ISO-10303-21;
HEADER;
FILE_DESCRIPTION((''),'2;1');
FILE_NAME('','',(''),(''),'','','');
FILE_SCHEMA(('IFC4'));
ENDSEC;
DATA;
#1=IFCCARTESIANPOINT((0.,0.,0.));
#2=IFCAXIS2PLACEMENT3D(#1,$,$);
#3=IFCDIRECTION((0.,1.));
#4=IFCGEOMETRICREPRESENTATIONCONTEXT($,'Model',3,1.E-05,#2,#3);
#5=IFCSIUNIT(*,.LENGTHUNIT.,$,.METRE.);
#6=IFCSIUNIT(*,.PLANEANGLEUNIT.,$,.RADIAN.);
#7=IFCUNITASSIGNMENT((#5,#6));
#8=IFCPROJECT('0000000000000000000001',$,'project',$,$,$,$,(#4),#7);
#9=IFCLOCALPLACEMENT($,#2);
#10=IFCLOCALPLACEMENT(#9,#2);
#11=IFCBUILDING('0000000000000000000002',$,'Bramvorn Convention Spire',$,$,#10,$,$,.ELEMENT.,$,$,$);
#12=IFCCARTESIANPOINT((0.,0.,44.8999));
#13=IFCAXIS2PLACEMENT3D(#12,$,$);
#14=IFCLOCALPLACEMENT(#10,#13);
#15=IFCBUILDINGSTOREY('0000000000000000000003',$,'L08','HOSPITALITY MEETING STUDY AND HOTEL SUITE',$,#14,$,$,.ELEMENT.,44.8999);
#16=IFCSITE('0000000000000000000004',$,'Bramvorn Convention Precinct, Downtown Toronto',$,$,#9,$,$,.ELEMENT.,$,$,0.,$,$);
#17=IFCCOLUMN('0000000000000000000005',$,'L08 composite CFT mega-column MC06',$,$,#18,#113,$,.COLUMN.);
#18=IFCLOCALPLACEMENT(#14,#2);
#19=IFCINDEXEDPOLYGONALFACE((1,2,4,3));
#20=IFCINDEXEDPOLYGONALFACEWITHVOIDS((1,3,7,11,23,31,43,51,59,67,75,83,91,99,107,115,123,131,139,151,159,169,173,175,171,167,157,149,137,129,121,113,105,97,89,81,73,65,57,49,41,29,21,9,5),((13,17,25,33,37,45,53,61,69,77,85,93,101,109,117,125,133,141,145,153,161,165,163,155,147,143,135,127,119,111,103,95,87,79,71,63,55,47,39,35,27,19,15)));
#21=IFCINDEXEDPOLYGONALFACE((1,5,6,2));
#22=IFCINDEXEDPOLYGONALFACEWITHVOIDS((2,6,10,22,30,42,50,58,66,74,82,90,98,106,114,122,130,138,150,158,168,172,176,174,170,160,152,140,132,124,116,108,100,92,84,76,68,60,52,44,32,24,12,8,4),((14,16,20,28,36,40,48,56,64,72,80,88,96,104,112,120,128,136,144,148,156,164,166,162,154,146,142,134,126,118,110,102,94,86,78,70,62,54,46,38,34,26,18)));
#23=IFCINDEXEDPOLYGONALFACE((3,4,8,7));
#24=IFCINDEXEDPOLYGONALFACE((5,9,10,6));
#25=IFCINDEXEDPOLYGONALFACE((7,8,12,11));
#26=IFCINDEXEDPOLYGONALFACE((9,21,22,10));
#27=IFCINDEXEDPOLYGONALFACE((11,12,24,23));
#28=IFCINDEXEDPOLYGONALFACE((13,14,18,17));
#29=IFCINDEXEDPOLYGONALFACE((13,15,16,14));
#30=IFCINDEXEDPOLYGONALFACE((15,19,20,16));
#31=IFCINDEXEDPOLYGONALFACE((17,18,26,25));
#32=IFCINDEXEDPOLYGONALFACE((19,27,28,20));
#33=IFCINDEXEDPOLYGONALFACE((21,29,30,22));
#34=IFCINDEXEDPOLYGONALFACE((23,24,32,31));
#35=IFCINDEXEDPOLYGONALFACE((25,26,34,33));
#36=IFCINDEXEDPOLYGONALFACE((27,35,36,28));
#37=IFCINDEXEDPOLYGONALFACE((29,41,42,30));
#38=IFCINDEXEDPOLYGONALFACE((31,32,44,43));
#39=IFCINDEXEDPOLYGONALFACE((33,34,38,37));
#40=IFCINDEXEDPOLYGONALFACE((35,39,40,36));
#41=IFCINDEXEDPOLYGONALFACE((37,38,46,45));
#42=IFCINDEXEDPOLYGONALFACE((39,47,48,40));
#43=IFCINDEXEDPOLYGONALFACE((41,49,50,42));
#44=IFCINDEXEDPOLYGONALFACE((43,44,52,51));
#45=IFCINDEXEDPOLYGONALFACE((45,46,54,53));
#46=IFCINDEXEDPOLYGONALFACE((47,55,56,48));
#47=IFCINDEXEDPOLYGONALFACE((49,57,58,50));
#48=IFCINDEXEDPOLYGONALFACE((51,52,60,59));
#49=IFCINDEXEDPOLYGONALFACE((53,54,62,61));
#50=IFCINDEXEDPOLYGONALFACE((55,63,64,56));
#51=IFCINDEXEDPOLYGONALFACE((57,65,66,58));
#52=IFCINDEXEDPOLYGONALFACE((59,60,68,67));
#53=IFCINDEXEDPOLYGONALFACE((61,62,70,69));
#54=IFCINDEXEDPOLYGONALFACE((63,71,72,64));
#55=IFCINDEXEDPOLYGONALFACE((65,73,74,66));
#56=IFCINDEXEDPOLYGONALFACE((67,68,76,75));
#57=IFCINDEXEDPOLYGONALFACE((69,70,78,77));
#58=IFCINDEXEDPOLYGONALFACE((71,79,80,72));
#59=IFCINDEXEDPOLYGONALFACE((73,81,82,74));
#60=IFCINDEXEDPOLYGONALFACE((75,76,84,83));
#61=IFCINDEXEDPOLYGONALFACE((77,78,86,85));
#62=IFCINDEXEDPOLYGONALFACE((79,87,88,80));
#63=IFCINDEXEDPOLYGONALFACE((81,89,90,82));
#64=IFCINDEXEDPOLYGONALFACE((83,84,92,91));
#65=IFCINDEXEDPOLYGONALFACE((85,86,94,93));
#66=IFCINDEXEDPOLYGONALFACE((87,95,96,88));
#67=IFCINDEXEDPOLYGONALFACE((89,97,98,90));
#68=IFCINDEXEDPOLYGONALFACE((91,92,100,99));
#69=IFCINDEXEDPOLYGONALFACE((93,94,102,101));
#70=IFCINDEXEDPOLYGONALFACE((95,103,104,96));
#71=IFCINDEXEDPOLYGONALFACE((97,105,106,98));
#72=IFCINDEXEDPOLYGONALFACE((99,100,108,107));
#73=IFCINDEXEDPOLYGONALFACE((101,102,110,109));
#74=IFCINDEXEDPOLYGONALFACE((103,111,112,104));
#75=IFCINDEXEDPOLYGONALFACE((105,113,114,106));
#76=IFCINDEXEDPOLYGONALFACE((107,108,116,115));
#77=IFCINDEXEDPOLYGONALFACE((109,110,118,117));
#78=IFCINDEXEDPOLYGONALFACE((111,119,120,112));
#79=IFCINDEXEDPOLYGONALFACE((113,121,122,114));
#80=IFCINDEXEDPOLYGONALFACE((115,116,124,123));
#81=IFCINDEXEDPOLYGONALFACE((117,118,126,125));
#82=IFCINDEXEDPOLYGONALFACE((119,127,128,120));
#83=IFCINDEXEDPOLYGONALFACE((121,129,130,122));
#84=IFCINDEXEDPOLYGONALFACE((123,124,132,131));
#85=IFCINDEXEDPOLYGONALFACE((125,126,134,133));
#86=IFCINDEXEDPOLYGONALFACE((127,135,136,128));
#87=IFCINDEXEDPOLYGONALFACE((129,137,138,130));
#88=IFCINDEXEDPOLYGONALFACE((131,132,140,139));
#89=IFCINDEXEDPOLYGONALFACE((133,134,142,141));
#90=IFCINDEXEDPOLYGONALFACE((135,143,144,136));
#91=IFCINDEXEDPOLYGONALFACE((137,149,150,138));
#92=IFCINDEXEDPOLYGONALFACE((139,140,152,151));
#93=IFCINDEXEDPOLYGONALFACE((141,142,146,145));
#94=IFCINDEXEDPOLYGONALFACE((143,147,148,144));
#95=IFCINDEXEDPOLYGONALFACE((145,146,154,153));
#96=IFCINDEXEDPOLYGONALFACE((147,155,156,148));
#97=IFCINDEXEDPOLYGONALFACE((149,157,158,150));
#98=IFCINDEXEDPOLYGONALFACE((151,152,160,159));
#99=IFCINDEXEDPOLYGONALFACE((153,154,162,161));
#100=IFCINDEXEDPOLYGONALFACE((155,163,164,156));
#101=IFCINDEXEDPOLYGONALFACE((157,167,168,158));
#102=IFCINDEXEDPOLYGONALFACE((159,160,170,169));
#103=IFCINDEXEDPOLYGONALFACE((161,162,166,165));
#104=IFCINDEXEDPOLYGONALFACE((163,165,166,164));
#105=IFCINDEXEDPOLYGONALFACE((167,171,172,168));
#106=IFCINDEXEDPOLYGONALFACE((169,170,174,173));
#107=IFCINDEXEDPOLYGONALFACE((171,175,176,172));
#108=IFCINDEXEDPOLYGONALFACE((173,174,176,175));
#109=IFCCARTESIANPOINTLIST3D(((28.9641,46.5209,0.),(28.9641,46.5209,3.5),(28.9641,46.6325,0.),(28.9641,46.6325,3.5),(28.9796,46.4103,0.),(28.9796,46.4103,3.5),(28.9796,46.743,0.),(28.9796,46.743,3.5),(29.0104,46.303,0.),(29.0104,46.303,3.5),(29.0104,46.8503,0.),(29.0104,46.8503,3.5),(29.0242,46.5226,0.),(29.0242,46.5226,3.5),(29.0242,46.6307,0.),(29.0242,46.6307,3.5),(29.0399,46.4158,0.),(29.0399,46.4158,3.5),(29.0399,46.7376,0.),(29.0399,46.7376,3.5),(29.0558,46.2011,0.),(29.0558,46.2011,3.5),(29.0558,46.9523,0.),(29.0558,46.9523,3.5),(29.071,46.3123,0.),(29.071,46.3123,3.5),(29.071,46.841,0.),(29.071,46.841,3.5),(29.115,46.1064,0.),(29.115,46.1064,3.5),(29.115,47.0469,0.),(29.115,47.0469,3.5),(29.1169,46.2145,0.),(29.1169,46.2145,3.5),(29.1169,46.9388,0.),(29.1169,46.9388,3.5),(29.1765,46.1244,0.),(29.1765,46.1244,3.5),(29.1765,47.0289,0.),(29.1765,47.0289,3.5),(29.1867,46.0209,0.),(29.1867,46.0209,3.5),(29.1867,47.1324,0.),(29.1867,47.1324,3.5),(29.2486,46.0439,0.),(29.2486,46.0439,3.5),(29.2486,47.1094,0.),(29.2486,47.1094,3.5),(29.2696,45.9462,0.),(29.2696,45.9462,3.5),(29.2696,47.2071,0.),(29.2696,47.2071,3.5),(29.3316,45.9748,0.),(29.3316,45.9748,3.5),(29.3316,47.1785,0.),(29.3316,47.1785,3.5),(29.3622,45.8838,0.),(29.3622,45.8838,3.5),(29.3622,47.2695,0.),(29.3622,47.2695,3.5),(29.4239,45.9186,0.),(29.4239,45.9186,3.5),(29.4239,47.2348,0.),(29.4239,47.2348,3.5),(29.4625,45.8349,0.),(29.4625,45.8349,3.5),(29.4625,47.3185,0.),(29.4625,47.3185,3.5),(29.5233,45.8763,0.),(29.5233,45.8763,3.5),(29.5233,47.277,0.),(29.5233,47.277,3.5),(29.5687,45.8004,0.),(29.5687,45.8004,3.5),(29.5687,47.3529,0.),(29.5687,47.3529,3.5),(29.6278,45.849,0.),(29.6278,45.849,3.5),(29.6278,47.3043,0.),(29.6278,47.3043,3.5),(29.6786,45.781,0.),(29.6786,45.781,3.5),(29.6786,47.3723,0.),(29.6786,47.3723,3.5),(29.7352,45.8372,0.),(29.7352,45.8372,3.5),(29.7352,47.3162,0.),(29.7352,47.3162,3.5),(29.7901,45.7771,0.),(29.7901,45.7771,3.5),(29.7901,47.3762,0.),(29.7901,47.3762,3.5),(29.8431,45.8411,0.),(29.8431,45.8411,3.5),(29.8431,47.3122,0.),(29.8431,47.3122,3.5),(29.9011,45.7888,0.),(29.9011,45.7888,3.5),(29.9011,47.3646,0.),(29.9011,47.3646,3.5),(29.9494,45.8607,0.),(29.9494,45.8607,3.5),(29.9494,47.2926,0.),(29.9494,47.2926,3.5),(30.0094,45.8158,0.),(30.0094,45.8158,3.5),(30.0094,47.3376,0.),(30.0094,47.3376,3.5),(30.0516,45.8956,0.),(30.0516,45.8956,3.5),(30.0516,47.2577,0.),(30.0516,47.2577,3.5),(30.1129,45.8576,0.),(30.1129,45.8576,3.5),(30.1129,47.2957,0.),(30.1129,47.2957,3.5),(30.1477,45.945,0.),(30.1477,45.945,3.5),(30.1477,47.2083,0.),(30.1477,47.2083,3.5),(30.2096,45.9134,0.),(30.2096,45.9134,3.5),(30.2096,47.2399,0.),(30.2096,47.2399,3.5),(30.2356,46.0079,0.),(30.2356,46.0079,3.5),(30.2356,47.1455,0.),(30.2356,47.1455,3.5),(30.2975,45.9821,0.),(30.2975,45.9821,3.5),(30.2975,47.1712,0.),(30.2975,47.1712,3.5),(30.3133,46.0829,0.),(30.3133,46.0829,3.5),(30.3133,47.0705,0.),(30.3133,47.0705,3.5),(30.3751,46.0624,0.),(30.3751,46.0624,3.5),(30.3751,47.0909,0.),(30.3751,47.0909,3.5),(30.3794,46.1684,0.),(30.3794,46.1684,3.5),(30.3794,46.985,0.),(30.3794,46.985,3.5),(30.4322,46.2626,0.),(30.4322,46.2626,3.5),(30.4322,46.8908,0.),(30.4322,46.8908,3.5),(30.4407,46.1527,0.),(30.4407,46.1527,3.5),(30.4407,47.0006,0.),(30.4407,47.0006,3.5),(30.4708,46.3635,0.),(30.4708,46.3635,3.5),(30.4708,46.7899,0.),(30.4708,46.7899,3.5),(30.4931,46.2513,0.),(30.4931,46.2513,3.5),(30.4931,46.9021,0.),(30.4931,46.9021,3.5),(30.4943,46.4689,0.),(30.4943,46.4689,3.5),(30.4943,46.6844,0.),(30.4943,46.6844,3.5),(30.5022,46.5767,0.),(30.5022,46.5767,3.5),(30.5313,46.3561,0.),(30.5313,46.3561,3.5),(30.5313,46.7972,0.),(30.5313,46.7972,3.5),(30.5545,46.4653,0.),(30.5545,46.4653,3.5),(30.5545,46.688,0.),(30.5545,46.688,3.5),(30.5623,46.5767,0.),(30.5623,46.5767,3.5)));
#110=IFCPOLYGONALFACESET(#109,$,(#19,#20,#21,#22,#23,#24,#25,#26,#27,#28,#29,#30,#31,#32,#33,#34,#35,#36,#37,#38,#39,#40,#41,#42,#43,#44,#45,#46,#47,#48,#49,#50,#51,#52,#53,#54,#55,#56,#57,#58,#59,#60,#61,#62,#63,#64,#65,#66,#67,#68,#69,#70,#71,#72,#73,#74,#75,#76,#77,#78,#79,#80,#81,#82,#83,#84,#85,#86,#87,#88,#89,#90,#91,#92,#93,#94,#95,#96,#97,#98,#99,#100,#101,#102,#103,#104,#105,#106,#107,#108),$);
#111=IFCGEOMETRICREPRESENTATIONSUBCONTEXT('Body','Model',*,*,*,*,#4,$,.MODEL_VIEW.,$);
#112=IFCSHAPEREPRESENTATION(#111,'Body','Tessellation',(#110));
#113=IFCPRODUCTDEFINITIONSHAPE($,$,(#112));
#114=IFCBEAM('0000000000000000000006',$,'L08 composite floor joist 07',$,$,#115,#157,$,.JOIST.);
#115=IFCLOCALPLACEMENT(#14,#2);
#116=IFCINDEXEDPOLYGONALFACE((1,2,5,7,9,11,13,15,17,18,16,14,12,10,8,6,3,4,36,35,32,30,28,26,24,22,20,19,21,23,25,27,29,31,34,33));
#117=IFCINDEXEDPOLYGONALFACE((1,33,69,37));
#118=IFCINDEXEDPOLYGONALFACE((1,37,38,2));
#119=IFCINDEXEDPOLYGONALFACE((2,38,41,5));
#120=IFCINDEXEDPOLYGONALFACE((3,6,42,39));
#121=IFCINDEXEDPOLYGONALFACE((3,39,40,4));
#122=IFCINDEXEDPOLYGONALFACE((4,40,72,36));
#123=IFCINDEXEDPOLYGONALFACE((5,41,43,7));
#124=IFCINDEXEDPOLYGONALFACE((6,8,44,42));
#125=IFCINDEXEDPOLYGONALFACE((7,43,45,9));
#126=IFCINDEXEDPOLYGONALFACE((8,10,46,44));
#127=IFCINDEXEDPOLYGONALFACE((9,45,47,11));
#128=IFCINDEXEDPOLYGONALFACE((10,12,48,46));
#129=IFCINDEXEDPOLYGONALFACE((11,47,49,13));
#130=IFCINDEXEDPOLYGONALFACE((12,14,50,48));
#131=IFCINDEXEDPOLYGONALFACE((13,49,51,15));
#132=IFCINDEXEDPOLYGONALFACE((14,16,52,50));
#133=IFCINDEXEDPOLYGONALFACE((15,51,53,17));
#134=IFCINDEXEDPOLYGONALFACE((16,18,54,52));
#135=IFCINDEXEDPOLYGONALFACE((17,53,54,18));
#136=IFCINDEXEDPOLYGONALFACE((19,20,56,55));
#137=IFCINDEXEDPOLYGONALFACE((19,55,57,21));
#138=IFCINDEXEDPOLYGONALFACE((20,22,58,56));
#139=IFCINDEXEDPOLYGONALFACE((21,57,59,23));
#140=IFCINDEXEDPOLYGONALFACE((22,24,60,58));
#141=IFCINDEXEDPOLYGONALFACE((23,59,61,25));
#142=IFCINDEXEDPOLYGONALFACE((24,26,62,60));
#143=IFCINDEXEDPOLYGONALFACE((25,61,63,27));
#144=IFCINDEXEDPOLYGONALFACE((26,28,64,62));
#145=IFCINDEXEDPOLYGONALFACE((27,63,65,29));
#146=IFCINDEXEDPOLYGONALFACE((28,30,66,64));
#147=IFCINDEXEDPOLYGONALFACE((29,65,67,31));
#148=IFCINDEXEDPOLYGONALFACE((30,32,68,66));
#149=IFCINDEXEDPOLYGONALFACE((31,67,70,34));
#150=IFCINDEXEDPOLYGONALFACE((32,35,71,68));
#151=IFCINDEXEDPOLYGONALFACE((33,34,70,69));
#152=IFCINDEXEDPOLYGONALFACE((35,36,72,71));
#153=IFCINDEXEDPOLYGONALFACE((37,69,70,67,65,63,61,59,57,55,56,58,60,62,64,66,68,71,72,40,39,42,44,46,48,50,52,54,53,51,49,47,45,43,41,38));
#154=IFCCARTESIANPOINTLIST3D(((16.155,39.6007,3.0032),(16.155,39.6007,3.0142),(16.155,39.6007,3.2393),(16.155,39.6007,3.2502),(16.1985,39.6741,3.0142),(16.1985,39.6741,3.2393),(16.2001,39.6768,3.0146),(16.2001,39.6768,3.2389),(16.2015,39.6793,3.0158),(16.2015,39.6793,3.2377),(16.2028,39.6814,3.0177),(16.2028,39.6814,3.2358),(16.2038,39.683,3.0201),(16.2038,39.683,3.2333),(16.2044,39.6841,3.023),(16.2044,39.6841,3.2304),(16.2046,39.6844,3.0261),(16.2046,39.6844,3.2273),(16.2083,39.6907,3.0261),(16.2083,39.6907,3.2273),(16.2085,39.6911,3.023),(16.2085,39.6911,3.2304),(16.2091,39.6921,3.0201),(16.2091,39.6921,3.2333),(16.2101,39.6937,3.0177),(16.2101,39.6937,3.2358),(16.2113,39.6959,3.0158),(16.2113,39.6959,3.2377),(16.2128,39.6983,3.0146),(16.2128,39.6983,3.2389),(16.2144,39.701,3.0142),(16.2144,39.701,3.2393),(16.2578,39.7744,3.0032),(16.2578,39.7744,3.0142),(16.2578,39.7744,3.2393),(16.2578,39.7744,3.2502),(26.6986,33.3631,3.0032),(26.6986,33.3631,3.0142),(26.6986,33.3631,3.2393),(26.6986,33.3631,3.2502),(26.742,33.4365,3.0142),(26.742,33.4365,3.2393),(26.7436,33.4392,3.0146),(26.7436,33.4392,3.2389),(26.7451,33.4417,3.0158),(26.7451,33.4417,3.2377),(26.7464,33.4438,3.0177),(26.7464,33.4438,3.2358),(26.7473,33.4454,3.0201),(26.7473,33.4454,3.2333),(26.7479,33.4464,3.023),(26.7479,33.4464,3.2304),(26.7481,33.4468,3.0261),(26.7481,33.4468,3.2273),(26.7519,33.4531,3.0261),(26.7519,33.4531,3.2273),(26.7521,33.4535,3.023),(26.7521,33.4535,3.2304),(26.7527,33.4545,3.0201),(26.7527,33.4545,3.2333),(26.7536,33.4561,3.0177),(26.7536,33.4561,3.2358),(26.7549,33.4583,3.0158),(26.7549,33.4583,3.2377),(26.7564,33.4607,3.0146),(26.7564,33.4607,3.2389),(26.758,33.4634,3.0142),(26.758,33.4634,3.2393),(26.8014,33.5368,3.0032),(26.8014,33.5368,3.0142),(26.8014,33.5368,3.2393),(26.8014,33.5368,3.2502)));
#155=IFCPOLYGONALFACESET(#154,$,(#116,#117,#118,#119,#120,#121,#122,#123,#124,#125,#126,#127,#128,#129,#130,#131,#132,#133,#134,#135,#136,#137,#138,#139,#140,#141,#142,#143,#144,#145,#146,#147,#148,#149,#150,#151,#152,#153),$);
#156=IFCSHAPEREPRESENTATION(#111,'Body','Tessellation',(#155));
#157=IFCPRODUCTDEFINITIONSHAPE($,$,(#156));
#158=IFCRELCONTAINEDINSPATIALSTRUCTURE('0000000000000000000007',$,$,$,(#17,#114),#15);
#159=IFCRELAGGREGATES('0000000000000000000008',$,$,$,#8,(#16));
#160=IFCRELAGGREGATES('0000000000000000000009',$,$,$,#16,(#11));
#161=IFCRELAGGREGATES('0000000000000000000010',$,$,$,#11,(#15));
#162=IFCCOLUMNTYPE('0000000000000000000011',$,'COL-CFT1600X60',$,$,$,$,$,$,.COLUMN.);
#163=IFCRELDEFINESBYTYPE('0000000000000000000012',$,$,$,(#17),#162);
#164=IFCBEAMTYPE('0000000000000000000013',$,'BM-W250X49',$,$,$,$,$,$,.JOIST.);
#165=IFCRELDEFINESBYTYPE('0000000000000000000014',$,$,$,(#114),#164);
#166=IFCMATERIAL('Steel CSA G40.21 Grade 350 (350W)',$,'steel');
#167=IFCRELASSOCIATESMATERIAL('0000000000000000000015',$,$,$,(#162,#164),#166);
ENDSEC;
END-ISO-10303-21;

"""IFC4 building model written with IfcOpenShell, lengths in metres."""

from ifc_helpers import new_model, si_unit, direction, frame, origin, origin_2d, place, context, subcontext, project, spatial, hollow_circle, i_section, extrude, material, material_profile, profile_set, type_object, element, save


model = new_model("IFC4")

# Units and contexts
model_context = context("Model", 3, precision=1e-05, world=origin(), true_north=direction((0.0, 1.0)))
body_context = subcontext(model_context, "Body", "Model", "MODEL_VIEW")
ifc_project = project(units=[si_unit("LENGTHUNIT", "METRE"), si_unit("PLANEANGLEUNIT", "RADIAN")], contexts=[model_context])

# Site, building, storey
site_placement = place(None, origin())
site = spatial("IfcSite", under=ifc_project, at=site_placement, Name="Bramvorn Convention Precinct, Downtown Toronto", CompositionType="ELEMENT", RefElevation=0.0)
building_placement = place(site_placement, origin())
building = spatial("IfcBuilding", under=site, at=building_placement, Name="Bramvorn Convention Spire", CompositionType="ELEMENT")
storey_placement = place(building_placement, frame((0.0, 0.0, 44.8999)))
storey = spatial("IfcBuildingStorey", under=building, at=storey_placement, Name="L08", Description="HOSPITALITY MEETING STUDY AND HOTEL SUITE", CompositionType="ELEMENT", Elevation=44.8999)

# Column
ifc_material_1 = material(Name="Steel CSA G40.21 Grade 350 (350W)", Category="steel")
ifc_material_profile_1 = material_profile(ifc_material_1, hollow_circle(Radius=0.8, WallThickness=0.0601, at=origin_2d()))
ifc_profile_set_1 = profile_set([ifc_material_profile_1], Name="Steel CSA G40.21 Grade 350 (350W) - CFT1600X60")
column_type = type_object("IfcColumnType", Name="COL-CFT1600X60", PredefinedType="COLUMN", material=ifc_profile_set_1)
column_placement = place(storey_placement, frame((29.7622, 46.5767, 0.0), z_axis=(0.0, 0.0, 1.0), x_axis=(1.0, 0.0, 0.0)))
element("IfcColumn", 1, at=column_placement, inside=storey, type_object=column_type, Name="L08 composite CFT mega-column MC06", PredefinedType="COLUMN", context=body_context, shape_type="SweptSolid", body=[
    extrude(hollow_circle(Radius=0.8, WallThickness=0.0601, at=origin_2d()), origin(), (0.0, 0.0, 1.0), 3.5),
])

# Beam
ifc_material_profile_2 = material_profile(ifc_material_1, i_section(OverallWidth=0.2019, OverallDepth=0.2471, WebThickness=0.0073, FlangeThickness=0.011, FilletRadius=0.012, at=origin_2d()))
ifc_profile_set_2 = profile_set([ifc_material_profile_2], Name="Steel CSA G40.21 Grade 350 (350W) - W250X49")
beam_type_1 = type_object("IfcBeamType", Name="BM-W250X49", PredefinedType="JOIST", material=ifc_profile_set_2)
beam_1_placement = place(storey_placement, frame((26.75, 33.45, 3.1267), z_axis=(-0.860665, 0.509172, 0.0), x_axis=(-0.509172, -0.860665, 0.0)))
element("IfcBeam", 2, at=beam_1_placement, inside=storey, type_object=beam_type_1, Name="L08 composite floor joist 07", PredefinedType="JOIST", context=body_context, shape_type="SweptSolid", body=[
    extrude(i_section(OverallWidth=0.2019, OverallDepth=0.2471, WebThickness=0.0073, FlangeThickness=0.011, FilletRadius=0.012, at=origin_2d()), origin(), (0.0, 0.0, 1.0), 12.2505),
])

save(model, "model.ifc")
